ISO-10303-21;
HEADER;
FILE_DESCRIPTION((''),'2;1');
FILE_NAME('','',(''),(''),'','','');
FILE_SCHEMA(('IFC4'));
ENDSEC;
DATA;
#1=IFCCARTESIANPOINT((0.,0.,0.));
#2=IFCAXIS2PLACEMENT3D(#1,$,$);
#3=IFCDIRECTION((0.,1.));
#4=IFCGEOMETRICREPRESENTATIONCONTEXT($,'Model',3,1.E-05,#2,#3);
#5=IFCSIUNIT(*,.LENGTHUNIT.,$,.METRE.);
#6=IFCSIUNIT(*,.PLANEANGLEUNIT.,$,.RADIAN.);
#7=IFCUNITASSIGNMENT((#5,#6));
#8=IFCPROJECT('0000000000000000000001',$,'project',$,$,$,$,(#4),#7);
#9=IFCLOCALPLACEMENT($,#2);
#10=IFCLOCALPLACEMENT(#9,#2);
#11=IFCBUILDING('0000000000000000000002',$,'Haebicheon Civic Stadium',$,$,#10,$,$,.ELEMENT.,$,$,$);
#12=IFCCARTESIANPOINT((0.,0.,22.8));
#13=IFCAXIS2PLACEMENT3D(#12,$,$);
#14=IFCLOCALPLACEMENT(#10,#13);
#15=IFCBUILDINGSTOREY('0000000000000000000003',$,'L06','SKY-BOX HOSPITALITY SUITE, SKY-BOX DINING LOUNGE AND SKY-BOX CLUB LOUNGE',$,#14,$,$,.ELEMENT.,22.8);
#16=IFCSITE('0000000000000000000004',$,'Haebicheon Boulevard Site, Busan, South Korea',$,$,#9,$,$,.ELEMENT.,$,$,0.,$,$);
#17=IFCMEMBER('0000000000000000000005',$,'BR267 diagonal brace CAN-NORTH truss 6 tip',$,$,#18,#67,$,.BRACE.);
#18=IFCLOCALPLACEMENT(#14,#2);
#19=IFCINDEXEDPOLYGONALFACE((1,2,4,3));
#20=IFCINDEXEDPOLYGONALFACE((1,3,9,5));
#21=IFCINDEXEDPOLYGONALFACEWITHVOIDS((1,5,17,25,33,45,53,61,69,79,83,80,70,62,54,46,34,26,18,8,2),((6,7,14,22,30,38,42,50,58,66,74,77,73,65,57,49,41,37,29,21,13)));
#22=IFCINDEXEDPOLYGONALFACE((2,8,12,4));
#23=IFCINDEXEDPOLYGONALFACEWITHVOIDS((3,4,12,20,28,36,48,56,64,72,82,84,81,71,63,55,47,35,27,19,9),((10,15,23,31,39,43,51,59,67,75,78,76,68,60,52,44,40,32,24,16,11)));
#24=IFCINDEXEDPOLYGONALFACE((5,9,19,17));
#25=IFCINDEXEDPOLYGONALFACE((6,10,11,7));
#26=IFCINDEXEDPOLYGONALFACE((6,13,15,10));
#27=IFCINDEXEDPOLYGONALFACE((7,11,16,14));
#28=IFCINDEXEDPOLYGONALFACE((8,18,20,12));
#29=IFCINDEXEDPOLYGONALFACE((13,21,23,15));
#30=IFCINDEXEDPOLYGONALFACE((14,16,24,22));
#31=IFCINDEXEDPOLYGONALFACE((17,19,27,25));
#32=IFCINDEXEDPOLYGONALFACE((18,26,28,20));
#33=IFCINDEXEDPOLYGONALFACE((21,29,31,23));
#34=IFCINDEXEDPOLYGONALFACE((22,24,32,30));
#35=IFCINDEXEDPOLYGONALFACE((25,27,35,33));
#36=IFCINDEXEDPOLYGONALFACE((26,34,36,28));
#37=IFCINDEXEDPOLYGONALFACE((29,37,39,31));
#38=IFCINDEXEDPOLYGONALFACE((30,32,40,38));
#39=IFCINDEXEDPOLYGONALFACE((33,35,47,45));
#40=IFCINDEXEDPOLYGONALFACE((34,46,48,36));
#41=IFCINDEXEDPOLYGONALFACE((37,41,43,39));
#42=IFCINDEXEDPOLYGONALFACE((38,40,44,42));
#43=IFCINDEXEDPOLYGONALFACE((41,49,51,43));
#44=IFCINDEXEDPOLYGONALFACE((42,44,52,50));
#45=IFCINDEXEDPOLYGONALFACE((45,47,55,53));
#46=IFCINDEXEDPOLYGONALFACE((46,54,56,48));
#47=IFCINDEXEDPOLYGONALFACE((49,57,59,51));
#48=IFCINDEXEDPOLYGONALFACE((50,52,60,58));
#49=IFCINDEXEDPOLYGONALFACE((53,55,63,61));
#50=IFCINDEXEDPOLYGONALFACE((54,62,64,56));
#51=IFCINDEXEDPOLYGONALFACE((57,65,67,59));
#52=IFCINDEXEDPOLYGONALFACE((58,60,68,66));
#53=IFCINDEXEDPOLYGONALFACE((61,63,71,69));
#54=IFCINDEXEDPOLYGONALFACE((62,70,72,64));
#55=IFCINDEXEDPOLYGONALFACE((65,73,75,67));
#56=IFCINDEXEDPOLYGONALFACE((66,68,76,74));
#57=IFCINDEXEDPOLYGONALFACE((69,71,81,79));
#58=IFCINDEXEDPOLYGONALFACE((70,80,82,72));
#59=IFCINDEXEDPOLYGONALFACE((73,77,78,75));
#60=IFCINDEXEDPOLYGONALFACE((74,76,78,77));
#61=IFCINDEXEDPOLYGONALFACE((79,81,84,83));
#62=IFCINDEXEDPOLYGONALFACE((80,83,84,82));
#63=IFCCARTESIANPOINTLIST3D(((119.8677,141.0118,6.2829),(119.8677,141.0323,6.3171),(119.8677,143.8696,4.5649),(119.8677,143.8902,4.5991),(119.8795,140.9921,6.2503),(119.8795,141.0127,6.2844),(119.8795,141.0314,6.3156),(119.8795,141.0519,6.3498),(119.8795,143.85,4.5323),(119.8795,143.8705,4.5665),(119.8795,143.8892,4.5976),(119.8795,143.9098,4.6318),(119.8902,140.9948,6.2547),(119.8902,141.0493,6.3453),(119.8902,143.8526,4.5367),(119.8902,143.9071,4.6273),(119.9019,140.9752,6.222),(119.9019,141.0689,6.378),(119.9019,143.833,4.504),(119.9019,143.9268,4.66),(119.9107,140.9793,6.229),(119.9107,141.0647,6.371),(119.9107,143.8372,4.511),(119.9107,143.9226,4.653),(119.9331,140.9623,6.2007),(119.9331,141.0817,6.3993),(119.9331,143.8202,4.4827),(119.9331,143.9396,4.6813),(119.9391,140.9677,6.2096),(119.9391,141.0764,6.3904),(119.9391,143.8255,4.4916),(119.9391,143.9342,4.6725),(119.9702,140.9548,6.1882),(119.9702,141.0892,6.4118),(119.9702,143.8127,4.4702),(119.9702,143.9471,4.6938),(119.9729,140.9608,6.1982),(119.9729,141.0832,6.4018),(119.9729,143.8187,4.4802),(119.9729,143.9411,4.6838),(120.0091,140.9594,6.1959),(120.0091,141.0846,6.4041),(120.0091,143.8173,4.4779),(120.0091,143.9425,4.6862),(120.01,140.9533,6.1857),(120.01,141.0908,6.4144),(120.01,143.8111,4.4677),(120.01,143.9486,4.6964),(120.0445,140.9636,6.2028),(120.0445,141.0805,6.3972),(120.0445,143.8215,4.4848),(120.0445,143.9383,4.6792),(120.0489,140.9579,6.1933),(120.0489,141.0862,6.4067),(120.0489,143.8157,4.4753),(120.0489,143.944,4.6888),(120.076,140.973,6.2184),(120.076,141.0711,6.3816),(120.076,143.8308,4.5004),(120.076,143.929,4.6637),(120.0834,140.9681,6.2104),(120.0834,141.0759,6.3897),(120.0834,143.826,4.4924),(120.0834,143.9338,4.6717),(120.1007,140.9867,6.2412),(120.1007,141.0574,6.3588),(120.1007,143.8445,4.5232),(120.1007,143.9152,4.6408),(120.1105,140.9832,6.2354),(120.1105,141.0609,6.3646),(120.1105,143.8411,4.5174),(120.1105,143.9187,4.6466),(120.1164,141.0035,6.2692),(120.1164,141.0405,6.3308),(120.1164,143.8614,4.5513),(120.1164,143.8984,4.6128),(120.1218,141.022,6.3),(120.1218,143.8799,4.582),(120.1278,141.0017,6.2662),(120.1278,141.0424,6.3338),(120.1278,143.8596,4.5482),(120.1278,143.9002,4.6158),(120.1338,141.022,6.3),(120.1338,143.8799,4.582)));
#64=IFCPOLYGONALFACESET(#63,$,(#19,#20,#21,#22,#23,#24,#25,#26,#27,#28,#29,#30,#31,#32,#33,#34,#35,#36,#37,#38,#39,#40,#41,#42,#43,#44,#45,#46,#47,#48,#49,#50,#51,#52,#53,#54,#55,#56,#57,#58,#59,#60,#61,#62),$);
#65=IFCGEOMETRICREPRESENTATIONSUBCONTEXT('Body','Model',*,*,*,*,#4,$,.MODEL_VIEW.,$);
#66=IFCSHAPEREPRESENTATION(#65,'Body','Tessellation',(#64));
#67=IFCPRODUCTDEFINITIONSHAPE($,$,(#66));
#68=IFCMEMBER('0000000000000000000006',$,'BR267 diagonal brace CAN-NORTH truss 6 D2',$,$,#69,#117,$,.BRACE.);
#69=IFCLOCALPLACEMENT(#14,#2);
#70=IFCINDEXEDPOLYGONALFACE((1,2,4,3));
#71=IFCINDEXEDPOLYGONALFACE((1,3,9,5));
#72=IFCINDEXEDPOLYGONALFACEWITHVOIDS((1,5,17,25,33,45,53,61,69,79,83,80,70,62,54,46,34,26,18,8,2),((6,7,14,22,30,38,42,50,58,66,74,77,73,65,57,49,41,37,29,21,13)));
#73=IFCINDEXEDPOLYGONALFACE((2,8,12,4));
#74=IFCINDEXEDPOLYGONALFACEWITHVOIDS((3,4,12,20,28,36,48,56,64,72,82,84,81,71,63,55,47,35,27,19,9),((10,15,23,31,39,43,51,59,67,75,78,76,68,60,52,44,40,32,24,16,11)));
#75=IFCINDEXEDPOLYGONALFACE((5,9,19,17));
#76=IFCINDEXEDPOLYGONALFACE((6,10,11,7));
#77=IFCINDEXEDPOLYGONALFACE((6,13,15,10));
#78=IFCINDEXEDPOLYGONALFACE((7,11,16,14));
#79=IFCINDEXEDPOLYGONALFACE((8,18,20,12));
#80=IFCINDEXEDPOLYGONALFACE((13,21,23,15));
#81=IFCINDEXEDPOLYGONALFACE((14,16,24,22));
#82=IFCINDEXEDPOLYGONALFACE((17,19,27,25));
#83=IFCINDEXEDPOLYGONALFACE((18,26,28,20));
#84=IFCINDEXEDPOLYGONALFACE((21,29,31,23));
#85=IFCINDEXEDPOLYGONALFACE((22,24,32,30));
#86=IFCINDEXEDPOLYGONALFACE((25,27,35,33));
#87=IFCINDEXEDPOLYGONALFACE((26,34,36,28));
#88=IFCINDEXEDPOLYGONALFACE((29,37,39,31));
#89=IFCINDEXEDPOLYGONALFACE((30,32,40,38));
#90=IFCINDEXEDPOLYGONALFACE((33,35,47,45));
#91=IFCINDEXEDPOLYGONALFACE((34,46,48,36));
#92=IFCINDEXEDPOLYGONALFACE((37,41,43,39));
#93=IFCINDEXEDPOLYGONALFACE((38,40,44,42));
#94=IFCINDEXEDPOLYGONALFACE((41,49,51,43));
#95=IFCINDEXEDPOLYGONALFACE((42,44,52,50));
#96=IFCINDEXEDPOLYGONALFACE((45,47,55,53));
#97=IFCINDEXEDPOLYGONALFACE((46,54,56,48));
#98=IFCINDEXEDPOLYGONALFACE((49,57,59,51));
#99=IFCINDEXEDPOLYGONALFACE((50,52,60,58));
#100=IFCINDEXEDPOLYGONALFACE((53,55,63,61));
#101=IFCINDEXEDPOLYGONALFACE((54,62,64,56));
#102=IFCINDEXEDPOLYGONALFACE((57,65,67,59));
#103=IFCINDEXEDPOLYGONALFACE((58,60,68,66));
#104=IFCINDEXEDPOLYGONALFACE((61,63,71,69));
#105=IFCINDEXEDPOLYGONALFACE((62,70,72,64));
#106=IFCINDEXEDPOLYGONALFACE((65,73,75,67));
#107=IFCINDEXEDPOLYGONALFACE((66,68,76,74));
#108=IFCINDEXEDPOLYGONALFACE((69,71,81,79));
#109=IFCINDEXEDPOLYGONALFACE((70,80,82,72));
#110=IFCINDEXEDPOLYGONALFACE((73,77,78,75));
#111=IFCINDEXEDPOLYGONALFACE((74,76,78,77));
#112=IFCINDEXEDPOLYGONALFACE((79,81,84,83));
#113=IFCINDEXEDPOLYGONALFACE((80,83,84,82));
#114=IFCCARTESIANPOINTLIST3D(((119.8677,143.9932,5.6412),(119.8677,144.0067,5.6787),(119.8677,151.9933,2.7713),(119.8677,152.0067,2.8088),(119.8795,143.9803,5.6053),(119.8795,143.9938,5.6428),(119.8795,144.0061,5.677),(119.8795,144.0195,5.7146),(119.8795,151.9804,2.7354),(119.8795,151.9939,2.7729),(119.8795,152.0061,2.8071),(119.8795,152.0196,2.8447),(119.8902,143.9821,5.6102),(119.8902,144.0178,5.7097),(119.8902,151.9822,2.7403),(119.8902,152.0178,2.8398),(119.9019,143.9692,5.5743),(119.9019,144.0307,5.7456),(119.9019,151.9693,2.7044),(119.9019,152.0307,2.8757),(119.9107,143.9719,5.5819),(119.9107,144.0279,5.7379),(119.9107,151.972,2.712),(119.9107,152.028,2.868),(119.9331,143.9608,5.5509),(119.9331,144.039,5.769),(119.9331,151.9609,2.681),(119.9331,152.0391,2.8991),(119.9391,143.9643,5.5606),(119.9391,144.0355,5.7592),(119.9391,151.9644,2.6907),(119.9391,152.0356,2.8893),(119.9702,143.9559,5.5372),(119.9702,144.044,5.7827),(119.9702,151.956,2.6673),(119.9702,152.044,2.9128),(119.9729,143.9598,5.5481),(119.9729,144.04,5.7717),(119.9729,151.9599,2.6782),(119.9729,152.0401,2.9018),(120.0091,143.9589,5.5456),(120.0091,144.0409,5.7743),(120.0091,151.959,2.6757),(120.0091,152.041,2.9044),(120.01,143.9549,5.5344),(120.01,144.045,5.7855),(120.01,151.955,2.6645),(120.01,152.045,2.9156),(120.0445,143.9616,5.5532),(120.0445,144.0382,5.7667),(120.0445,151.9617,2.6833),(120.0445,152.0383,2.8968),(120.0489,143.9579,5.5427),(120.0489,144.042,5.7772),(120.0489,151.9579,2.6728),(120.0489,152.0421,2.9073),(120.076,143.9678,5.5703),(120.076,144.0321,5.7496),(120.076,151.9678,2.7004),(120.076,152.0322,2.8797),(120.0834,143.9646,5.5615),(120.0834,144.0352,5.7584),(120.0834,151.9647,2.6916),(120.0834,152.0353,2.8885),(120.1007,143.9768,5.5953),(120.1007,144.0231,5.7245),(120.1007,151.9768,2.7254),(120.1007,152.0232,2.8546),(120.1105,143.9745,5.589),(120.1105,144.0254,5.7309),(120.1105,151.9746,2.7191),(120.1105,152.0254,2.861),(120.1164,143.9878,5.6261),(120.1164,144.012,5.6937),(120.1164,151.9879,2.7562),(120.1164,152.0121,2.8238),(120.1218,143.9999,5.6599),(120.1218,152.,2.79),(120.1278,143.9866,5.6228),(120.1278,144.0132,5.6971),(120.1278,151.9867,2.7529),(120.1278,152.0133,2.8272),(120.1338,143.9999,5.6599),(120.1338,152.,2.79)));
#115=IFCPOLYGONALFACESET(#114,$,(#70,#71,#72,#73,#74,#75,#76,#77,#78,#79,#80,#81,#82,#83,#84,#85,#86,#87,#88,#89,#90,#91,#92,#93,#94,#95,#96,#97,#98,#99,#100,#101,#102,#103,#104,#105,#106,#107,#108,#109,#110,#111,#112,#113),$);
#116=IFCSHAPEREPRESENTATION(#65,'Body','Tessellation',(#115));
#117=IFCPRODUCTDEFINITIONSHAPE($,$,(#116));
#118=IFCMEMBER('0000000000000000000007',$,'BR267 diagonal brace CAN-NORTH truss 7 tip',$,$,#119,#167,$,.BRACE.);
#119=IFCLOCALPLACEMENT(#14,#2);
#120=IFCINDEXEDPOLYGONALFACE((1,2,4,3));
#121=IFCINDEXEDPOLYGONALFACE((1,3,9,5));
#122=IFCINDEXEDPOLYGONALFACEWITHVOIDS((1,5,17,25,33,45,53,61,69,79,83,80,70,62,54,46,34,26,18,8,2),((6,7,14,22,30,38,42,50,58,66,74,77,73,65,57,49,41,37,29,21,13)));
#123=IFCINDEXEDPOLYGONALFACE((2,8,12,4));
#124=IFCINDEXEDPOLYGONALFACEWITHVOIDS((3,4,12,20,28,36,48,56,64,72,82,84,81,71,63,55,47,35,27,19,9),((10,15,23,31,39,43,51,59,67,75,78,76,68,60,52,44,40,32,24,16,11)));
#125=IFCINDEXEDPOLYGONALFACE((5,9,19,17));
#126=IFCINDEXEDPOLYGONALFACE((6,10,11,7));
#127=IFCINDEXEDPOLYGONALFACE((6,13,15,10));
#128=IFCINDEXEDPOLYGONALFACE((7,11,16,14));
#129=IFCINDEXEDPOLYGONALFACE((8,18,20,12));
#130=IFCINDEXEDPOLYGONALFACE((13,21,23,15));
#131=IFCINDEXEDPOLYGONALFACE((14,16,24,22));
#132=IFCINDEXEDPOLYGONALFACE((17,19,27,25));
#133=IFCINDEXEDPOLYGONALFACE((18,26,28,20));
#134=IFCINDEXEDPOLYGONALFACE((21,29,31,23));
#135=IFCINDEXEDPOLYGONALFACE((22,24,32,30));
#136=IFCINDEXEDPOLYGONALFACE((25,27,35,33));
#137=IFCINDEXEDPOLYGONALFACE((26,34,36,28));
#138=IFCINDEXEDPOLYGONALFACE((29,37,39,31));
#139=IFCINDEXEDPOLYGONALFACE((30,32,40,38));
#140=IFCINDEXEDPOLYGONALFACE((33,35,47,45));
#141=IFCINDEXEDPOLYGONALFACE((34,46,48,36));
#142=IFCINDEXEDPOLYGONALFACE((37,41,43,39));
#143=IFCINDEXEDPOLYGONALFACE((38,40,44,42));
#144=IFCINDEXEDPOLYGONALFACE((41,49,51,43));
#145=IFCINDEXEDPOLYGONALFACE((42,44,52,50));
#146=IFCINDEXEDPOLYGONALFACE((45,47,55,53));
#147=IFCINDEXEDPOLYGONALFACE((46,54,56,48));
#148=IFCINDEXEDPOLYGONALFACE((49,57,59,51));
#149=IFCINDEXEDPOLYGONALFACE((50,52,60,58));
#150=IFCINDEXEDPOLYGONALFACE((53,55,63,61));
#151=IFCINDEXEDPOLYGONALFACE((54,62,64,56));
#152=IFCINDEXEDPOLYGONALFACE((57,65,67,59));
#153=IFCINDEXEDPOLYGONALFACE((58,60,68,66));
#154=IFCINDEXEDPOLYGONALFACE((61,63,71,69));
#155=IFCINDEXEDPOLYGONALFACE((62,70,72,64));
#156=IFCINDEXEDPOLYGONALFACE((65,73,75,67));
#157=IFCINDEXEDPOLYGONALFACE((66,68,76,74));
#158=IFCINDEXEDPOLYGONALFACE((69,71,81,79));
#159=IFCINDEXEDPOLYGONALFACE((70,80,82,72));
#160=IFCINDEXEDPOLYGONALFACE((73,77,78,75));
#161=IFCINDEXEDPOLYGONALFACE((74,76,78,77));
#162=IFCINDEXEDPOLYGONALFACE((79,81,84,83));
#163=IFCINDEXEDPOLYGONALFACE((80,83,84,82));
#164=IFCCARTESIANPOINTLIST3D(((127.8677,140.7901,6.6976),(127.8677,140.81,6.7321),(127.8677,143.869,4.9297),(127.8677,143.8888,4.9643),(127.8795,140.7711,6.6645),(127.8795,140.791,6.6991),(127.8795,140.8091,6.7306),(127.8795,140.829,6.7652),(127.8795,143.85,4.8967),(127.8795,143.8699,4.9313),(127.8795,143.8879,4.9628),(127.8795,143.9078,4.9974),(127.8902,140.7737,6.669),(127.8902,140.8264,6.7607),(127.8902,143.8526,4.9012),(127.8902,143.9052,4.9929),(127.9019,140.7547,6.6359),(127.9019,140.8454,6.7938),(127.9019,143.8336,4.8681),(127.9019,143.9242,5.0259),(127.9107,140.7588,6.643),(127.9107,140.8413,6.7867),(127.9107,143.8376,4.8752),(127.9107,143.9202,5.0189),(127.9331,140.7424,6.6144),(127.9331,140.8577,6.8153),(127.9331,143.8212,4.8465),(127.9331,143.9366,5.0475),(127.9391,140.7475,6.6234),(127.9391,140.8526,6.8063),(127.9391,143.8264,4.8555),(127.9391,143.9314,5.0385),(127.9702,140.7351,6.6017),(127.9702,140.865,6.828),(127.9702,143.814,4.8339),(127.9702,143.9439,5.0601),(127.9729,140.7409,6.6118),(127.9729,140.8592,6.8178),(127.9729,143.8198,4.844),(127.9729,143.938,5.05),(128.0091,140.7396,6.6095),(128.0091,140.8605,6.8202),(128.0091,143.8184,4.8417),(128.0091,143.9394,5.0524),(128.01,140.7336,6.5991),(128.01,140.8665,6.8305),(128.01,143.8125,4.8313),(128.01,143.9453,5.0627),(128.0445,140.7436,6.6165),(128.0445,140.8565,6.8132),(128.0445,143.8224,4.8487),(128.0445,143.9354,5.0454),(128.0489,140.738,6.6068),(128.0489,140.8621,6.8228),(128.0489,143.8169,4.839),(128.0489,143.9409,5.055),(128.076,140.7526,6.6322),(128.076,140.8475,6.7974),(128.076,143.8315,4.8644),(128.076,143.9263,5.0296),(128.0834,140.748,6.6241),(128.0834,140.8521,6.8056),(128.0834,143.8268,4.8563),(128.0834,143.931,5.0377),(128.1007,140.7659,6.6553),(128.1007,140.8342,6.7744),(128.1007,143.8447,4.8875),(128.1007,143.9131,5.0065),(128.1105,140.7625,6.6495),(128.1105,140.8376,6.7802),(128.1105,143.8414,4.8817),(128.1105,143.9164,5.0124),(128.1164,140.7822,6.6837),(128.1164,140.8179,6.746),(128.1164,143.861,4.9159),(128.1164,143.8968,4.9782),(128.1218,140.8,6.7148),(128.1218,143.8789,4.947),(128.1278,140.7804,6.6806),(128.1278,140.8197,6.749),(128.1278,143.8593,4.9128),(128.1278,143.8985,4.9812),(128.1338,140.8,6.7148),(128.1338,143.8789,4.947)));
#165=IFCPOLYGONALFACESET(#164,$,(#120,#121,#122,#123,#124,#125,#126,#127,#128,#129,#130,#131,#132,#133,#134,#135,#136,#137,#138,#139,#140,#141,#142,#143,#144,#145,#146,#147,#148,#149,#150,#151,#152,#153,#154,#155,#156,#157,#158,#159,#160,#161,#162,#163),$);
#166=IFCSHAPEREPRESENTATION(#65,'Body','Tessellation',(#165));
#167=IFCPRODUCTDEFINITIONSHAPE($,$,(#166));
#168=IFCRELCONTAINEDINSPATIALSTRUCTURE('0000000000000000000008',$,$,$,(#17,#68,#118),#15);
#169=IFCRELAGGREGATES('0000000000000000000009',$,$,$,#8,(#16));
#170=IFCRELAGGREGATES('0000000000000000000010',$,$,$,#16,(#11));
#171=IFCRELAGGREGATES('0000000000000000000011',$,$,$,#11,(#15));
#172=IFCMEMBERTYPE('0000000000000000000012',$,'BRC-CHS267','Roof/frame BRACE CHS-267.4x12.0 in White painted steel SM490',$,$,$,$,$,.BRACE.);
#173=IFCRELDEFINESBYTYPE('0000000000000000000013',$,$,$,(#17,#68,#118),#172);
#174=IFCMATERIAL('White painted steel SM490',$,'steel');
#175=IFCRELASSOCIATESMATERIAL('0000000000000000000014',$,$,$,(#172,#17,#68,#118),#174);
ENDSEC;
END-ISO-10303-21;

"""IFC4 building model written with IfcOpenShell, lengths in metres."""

from ifc_helpers import new_model, si_unit, direction, frame, origin, origin_2d, place, context, subcontext, project, spatial, hollow_circle, extrude, material, material_profile, profile_set, type_object, element, save


model = new_model("IFC4")

# Units and contexts
model_context = context("Model", 3, precision=1e-05, world=origin(), true_north=direction((0.0, 1.0)))
body_context = subcontext(model_context, "Body", "Model", "MODEL_VIEW")
ifc_project = project(units=[si_unit("LENGTHUNIT", "METRE"), si_unit("PLANEANGLEUNIT", "RADIAN")], contexts=[model_context])

# Site, building, storey
site_placement = place(None, origin())
site = spatial("IfcSite", under=ifc_project, at=site_placement, Name="Haebicheon Boulevard Site, Busan, South Korea", CompositionType="ELEMENT", RefElevation=0.0)
building_placement = place(site_placement, origin())
building = spatial("IfcBuilding", under=site, at=building_placement, Name="Haebicheon Civic Stadium", CompositionType="ELEMENT")
storey_placement = place(building_placement, frame((0.0, 0.0, 22.8)))
storey = spatial("IfcBuildingStorey", under=building, at=storey_placement, Name="L06", Description="SKY-BOX HOSPITALITY SUITE, SKY-BOX DINING LOUNGE AND SKY-BOX CLUB LOUNGE", CompositionType="ELEMENT", Elevation=22.8)

# Members
ifc_material_1 = material(Name="White painted steel SM490", Category="steel")
ifc_material_profile_1 = material_profile(ifc_material_1, hollow_circle(Radius=0.1338, WallThickness=0.012, at=origin_2d()), Name="CHS-267.4x12.0")
ifc_profile_set_1 = profile_set([ifc_material_profile_1], Name="White painted steel SM490")
member_type_1 = type_object("IfcMemberType", Name="BRC-CHS267", Description="Roof/frame BRACE CHS-267.4x12.0 in White painted steel SM490", PredefinedType="BRACE", material=ifc_profile_set_1)
member_1_placement = place(storey_placement, frame((120.0, 143.8799, 4.582), z_axis=(0.0, -0.85706, 0.515217), x_axis=(1.0, 0.0, 0.0)))
element("IfcMember", 1, at=member_1_placement, inside=storey, type_object=member_type_1, material=ifc_profile_set_1, Name="BR267 diagonal brace CAN-NORTH truss 6 tip", PredefinedType="BRACE", context=body_context, shape_type="SweptSolid", body=[
    extrude(hollow_circle(Radius=0.1338, WallThickness=0.012, at=origin_2d()), origin(), (0.0, 0.0, 1.0), 3.3345),
])
member_2_placement = place(storey_placement, frame((120.0, 152.0, 2.79), z_axis=(0.0, -0.941267, 0.337664), x_axis=(1.0, 0.0, 0.0)))
element("IfcMember", 2, at=member_2_placement, inside=storey, type_object=member_type_1, material=ifc_profile_set_1, Name="BR267 diagonal brace CAN-NORTH truss 6 D2", PredefinedType="BRACE", context=body_context, shape_type="SweptSolid", body=[
    extrude(hollow_circle(Radius=0.1338, WallThickness=0.012, at=origin_2d()), origin(), (0.0, 0.0, 1.0), 8.4993),
])
member_3_placement = place(storey_placement, frame((128.0, 143.8789, 4.947), z_axis=(0.0, -0.867213, 0.497937), x_axis=(1.0, 0.0, 0.0)))
element("IfcMember", 3, at=member_3_placement, inside=storey, type_object=member_type_1, material=ifc_profile_set_1, Name="BR267 diagonal brace CAN-NORTH truss 7 tip", PredefinedType="BRACE", context=body_context, shape_type="SweptSolid", body=[
    extrude(hollow_circle(Radius=0.1338, WallThickness=0.012, at=origin_2d()), origin(), (0.0, 0.0, 1.0), 3.5503),
])

save(model, "model.ifc")
